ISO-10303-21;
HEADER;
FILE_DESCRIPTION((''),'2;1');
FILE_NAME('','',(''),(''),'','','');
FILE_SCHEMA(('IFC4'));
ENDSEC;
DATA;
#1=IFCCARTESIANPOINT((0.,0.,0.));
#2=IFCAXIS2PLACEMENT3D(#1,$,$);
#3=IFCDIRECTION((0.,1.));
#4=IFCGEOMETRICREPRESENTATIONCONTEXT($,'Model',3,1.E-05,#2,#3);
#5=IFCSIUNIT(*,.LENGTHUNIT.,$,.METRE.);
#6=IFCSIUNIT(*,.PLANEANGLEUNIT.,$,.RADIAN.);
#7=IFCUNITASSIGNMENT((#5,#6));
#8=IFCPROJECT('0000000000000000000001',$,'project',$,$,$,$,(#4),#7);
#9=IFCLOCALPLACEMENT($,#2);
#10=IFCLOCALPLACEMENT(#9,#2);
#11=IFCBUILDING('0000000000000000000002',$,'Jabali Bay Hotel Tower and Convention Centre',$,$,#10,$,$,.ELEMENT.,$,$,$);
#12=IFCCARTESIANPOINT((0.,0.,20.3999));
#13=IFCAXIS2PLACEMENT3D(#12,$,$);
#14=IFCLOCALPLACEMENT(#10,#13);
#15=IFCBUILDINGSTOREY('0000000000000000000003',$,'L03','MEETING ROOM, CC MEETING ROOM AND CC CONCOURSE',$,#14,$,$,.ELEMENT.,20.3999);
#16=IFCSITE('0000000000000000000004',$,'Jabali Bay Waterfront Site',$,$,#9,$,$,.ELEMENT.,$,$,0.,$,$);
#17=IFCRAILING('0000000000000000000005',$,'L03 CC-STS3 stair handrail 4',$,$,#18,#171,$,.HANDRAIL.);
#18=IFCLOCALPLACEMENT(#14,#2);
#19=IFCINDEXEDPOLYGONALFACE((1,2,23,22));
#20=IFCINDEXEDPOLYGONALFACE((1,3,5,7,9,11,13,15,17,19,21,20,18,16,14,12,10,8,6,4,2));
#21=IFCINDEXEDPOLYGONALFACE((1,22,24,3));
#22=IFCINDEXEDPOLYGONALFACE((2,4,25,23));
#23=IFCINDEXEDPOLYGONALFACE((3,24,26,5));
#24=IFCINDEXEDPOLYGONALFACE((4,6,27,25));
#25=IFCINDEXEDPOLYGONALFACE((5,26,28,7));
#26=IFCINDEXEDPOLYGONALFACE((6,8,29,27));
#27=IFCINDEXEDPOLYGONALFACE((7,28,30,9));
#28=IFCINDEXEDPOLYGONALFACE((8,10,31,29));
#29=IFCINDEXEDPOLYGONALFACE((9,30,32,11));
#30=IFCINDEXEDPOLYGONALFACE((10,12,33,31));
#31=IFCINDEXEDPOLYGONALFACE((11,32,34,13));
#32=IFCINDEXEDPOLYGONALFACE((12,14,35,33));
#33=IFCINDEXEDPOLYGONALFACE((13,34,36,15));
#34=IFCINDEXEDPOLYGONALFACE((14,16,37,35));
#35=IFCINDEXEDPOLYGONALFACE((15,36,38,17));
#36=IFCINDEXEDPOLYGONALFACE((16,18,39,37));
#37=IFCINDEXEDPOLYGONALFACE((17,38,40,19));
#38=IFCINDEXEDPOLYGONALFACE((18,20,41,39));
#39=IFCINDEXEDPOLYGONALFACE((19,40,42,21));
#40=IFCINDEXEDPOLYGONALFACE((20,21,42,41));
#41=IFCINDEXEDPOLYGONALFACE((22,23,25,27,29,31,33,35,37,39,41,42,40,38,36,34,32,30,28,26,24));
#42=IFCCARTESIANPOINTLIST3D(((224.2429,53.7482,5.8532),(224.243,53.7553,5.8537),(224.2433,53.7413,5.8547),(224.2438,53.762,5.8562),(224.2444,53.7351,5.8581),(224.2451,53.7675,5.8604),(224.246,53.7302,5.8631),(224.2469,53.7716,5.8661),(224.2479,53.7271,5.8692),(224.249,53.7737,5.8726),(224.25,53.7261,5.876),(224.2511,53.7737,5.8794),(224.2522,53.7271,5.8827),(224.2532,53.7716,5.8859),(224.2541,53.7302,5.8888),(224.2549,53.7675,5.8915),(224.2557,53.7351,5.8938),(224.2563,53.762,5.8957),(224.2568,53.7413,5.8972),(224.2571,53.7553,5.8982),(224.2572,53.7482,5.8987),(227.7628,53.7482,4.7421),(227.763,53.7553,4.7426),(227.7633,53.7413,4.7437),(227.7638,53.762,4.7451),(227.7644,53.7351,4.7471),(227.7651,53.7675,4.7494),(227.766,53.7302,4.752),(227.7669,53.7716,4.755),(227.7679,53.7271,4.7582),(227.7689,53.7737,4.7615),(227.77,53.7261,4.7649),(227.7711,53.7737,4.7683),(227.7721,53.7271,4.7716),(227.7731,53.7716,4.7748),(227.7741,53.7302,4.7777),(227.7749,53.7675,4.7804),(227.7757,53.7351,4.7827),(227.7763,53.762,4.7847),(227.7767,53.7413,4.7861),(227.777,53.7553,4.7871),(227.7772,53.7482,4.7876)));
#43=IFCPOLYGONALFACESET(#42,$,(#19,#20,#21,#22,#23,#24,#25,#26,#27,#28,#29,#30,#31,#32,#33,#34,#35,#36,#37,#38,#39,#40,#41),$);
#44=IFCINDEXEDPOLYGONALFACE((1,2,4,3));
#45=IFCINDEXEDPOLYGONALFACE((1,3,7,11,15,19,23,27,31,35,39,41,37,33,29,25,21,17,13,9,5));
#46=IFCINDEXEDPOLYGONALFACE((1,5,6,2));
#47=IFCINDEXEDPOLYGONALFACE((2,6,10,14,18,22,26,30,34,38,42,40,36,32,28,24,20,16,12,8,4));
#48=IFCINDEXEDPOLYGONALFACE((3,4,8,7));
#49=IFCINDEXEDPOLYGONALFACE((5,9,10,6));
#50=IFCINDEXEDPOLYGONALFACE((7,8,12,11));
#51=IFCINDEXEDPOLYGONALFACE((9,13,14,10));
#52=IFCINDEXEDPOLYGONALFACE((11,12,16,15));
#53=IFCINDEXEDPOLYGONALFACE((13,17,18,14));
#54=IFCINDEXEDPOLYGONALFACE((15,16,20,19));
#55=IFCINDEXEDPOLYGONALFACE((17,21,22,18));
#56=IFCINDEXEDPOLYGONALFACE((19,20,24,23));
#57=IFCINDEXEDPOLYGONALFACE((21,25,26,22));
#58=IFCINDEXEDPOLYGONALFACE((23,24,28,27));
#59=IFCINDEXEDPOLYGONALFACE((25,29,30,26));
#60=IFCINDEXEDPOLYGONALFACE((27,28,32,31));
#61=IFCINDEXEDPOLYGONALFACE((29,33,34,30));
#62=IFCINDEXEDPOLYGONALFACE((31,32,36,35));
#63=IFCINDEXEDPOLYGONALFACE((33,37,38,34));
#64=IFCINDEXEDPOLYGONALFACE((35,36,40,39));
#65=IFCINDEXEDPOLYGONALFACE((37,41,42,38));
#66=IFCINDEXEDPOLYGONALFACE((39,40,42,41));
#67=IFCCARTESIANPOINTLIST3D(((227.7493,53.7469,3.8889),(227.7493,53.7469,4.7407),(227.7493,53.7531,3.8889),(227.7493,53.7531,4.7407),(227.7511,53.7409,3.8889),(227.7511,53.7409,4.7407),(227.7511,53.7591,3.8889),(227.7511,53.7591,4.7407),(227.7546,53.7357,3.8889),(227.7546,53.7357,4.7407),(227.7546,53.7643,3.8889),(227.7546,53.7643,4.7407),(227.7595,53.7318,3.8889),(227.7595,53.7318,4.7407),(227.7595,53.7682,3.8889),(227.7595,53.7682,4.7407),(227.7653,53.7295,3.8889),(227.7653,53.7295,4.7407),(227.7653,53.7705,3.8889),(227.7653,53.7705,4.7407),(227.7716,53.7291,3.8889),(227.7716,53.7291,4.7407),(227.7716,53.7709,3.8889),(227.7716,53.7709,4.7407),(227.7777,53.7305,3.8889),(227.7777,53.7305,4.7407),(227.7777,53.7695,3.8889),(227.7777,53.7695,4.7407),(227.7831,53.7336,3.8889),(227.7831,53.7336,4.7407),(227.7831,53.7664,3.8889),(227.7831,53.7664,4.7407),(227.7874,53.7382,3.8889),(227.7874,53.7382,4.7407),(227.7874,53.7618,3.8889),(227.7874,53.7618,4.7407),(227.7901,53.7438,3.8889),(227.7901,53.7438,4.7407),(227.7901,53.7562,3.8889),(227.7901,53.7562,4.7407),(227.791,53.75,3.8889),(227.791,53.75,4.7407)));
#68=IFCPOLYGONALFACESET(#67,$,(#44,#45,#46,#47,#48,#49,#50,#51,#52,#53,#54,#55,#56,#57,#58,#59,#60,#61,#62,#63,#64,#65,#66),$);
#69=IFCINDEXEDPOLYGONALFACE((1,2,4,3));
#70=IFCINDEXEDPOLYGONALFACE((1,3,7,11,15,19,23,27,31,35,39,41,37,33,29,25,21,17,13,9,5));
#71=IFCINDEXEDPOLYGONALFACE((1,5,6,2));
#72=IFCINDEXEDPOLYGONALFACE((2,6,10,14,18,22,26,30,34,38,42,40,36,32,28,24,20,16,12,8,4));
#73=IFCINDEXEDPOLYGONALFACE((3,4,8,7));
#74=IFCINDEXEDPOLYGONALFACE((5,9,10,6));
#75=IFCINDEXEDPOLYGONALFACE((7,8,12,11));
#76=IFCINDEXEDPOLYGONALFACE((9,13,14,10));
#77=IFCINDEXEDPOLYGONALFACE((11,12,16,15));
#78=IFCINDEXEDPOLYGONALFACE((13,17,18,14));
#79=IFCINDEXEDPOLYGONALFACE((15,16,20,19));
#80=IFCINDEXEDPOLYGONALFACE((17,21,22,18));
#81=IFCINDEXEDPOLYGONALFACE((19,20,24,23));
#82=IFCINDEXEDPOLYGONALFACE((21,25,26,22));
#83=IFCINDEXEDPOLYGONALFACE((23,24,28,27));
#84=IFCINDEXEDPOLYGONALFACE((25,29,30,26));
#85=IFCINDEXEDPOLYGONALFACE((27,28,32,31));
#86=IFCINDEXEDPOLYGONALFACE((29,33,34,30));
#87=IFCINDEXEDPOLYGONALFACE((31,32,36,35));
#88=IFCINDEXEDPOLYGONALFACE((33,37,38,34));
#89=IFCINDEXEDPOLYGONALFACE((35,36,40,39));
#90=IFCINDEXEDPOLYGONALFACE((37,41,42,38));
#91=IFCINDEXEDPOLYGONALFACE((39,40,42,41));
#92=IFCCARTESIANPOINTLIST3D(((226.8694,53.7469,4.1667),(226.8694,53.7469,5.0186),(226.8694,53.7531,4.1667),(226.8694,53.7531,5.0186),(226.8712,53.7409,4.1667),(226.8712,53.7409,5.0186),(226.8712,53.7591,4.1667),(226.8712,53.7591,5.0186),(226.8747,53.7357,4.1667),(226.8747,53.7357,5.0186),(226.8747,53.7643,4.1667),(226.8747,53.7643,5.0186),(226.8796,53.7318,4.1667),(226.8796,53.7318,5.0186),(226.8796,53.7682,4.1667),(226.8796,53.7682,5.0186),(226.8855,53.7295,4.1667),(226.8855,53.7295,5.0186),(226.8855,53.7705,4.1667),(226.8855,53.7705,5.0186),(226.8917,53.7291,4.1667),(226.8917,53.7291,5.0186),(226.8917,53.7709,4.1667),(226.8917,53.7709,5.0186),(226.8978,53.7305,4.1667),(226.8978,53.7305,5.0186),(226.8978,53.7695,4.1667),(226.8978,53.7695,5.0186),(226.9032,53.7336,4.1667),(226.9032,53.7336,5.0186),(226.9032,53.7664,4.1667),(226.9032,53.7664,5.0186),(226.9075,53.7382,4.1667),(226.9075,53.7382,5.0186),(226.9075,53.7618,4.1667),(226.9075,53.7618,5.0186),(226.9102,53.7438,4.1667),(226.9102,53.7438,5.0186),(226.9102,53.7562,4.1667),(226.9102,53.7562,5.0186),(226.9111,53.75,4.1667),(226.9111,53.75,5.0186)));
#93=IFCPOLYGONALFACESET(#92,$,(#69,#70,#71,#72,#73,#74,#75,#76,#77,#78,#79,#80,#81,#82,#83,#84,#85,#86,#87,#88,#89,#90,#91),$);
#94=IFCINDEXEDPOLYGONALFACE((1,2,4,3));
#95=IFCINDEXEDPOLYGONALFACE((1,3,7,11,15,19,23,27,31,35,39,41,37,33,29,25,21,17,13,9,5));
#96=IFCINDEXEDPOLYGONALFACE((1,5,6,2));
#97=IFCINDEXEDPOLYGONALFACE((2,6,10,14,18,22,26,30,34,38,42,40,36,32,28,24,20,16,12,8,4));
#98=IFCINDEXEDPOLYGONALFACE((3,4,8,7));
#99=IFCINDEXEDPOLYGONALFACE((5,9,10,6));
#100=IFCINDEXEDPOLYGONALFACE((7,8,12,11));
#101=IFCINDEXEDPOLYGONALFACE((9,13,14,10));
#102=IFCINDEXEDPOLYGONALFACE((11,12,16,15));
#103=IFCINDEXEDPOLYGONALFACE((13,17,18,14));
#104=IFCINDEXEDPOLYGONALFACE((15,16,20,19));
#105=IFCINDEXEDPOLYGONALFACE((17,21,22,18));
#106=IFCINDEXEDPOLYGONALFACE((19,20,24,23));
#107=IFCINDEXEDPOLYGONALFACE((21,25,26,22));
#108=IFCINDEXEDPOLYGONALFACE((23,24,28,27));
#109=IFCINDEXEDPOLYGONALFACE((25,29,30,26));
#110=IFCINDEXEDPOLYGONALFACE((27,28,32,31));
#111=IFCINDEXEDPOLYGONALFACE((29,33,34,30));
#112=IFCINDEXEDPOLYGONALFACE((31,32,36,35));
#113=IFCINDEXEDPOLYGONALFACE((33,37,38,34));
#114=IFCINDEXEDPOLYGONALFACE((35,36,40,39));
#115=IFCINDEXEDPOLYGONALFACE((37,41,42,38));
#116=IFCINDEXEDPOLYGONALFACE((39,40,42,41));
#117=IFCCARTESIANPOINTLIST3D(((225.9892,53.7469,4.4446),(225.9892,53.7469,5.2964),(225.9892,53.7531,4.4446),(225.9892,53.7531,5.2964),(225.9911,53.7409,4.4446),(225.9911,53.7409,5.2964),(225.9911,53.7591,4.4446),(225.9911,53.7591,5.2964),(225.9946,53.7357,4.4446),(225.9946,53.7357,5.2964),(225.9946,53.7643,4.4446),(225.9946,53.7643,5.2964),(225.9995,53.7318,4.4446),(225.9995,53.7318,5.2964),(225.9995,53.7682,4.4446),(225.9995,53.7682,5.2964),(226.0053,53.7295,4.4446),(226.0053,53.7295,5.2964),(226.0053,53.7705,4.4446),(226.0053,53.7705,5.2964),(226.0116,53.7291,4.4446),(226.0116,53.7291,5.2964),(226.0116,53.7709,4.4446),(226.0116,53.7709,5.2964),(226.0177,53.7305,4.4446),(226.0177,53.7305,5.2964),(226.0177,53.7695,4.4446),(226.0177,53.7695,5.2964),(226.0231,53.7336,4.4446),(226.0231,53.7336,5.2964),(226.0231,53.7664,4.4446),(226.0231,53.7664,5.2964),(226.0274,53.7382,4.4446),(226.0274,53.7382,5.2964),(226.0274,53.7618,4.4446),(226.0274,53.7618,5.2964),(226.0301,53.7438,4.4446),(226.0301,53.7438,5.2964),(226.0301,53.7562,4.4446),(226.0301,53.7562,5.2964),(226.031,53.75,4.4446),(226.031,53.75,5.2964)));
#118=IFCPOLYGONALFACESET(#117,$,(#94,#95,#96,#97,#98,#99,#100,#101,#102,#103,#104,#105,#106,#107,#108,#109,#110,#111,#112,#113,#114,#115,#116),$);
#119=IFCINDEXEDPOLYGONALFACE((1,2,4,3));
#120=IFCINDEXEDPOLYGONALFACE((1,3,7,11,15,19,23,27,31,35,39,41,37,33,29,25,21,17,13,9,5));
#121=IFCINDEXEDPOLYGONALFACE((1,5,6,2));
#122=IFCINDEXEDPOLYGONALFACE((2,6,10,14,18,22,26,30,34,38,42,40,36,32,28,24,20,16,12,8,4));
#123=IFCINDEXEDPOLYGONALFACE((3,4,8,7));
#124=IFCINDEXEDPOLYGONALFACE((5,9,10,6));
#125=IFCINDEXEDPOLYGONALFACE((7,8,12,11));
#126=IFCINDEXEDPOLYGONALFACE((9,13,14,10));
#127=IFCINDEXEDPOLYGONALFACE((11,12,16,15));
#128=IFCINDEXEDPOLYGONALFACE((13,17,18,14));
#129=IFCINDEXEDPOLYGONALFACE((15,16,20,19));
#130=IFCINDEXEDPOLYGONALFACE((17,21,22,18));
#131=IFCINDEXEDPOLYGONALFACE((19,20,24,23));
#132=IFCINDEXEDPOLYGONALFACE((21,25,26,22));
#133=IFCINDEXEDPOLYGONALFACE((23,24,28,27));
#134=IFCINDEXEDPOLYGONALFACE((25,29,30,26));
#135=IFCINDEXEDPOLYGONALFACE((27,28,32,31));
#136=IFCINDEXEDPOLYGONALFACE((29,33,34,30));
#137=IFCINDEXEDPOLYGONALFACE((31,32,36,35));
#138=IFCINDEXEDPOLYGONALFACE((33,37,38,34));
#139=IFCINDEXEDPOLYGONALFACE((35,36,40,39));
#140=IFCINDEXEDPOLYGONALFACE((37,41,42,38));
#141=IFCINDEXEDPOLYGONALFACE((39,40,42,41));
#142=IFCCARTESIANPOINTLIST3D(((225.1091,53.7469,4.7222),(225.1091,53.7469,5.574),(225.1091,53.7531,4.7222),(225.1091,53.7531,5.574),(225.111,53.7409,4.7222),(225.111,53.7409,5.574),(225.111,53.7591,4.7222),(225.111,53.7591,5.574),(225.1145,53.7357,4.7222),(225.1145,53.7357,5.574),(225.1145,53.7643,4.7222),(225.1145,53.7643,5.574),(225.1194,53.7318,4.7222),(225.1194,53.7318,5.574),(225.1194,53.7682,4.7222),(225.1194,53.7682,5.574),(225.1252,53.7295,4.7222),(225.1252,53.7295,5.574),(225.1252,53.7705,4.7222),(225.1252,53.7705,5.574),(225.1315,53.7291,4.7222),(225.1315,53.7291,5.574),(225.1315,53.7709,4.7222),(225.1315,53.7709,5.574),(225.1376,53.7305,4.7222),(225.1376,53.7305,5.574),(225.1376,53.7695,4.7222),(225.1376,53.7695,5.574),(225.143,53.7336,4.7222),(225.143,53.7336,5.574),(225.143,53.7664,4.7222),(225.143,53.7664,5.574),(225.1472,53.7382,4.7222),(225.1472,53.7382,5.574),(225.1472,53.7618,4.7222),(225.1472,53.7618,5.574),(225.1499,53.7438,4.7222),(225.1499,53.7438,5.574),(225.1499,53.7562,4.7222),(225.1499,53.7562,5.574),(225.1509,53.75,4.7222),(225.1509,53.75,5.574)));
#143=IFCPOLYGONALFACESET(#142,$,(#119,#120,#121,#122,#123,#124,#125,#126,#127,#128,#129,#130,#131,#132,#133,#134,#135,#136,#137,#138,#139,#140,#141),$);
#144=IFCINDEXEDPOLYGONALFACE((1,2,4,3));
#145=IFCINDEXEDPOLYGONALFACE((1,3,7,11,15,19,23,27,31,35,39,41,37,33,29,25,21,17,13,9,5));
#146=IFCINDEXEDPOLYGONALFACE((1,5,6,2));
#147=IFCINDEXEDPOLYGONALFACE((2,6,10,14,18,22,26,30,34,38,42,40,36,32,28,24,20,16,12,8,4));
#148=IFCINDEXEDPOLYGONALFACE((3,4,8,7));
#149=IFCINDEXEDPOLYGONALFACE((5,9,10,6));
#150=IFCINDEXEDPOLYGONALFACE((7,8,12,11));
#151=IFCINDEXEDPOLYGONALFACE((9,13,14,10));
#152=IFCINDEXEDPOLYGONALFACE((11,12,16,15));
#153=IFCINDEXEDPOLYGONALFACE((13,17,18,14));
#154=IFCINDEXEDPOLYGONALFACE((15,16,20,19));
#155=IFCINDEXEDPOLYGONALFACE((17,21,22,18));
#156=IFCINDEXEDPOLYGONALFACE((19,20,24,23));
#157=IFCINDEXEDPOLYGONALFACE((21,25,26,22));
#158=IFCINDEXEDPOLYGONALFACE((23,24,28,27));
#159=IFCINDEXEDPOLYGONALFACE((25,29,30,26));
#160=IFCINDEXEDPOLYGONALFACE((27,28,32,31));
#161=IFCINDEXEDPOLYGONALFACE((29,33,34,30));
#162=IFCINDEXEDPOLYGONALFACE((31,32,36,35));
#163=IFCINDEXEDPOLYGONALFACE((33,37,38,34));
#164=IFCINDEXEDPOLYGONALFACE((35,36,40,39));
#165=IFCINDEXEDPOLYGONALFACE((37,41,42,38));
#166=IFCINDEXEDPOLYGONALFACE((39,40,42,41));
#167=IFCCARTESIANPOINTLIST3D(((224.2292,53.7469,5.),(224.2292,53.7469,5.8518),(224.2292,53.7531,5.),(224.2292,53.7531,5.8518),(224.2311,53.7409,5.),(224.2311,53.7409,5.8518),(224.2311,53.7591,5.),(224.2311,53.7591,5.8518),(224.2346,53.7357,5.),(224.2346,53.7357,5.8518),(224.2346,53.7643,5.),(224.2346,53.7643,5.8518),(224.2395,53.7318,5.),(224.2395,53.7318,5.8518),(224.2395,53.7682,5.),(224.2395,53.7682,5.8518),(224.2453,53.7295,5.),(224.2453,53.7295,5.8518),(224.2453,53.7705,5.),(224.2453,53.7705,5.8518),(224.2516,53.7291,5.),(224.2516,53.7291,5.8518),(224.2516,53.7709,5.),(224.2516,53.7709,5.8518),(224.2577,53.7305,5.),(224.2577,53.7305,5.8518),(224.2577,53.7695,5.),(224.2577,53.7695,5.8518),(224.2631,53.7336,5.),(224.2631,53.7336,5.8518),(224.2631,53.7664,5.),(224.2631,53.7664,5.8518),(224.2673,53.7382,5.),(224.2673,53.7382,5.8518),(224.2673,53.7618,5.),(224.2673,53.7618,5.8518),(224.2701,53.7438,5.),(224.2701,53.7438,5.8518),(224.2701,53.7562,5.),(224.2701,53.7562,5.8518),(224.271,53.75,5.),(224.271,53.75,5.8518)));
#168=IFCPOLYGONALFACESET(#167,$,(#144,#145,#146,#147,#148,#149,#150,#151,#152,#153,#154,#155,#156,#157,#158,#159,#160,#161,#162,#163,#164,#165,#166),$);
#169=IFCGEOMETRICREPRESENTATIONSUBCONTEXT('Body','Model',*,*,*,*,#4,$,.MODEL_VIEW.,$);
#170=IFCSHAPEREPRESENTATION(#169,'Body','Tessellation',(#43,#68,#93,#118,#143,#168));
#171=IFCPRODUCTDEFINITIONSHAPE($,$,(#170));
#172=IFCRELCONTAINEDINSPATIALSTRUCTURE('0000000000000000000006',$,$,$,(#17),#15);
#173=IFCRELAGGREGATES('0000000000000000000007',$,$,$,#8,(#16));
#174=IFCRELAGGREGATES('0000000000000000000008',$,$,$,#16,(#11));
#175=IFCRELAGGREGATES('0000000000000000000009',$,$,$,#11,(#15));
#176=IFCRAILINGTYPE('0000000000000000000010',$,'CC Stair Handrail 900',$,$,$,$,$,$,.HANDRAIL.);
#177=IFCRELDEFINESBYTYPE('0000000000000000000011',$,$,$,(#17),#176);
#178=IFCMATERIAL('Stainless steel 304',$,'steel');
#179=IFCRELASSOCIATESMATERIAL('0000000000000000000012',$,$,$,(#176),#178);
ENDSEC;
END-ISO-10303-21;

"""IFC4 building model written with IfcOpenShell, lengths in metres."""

from ifc_helpers import new_model, si_unit, direction, frame, origin, origin_2d, place, context, subcontext, project, spatial, circle, extrude, material, type_object, element, save


model = new_model("IFC4")

# Units and contexts
model_context = context("Model", 3, precision=1e-05, world=origin(), true_north=direction((0.0, 1.0)))
body_context = subcontext(model_context, "Body", "Model", "MODEL_VIEW")
ifc_project = project(units=[si_unit("LENGTHUNIT", "METRE"), si_unit("PLANEANGLEUNIT", "RADIAN")], contexts=[model_context])

# Site, building, storey
site_placement = place(None, origin())
site = spatial("IfcSite", under=ifc_project, at=site_placement, Name="Jabali Bay Waterfront Site", CompositionType="ELEMENT", RefElevation=0.0)
building_placement = place(site_placement, origin())
building = spatial("IfcBuilding", under=site, at=building_placement, Name="Jabali Bay Hotel Tower and Convention Centre", CompositionType="ELEMENT")
storey_placement = place(building_placement, frame((0.0, 0.0, 20.3999)))
storey = spatial("IfcBuildingStorey", under=building, at=storey_placement, Name="L03", Description="MEETING ROOM, CC MEETING ROOM AND CC CONCOURSE", CompositionType="ELEMENT", Elevation=20.3999)

# Railing
ifc_material_1 = material(Name="Stainless steel 304", Category="steel")
railing_type_1 = type_object("IfcRailingType", Name="CC Stair Handrail 900", PredefinedType="HANDRAIL", material=ifc_material_1)
for number, where, name in (
    (1, (227.77, 53.75, 3.8889), "L03 CC-STS3 stair handrail 4"),
):
    element("IfcRailing", number, at=place(storey_placement, frame(where)), inside=storey, type_object=railing_type_1, Name=name, PredefinedType="HANDRAIL", context=body_context, shape_type="SweptSolid", body=[
        extrude(circle(Radius=0.0239, at=origin_2d()), frame((0.0, 0.0, 0.876), z_axis=(-0.953622, 0.0, 0.301008), x_axis=(0.0, -1.0, 0.0)), (0.0, 0.0, 1.0), 3.6912),
        extrude(circle(Radius=0.021, at=origin_2d()), origin(), (0.0, 0.0, 1.0), 0.8518),
        extrude(circle(Radius=0.021, at=origin_2d()), frame((-0.8799, 0.0, 0.2778)), (0.0, 0.0, 1.0), 0.8518),
        extrude(circle(Radius=0.021, at=origin_2d()), frame((-1.76, 0.0, 0.5557)), (0.0, 0.0, 1.0), 0.8518),
        extrude(circle(Radius=0.021, at=origin_2d()), frame((-2.6401, 0.0, 0.8333)), (0.0, 0.0, 1.0), 0.8518),
        extrude(circle(Radius=0.021, at=origin_2d()), frame((-3.52, 0.0, 1.1111)), (0.0, 0.0, 1.0), 0.8518),
    ])

save(model, "model.ifc")
